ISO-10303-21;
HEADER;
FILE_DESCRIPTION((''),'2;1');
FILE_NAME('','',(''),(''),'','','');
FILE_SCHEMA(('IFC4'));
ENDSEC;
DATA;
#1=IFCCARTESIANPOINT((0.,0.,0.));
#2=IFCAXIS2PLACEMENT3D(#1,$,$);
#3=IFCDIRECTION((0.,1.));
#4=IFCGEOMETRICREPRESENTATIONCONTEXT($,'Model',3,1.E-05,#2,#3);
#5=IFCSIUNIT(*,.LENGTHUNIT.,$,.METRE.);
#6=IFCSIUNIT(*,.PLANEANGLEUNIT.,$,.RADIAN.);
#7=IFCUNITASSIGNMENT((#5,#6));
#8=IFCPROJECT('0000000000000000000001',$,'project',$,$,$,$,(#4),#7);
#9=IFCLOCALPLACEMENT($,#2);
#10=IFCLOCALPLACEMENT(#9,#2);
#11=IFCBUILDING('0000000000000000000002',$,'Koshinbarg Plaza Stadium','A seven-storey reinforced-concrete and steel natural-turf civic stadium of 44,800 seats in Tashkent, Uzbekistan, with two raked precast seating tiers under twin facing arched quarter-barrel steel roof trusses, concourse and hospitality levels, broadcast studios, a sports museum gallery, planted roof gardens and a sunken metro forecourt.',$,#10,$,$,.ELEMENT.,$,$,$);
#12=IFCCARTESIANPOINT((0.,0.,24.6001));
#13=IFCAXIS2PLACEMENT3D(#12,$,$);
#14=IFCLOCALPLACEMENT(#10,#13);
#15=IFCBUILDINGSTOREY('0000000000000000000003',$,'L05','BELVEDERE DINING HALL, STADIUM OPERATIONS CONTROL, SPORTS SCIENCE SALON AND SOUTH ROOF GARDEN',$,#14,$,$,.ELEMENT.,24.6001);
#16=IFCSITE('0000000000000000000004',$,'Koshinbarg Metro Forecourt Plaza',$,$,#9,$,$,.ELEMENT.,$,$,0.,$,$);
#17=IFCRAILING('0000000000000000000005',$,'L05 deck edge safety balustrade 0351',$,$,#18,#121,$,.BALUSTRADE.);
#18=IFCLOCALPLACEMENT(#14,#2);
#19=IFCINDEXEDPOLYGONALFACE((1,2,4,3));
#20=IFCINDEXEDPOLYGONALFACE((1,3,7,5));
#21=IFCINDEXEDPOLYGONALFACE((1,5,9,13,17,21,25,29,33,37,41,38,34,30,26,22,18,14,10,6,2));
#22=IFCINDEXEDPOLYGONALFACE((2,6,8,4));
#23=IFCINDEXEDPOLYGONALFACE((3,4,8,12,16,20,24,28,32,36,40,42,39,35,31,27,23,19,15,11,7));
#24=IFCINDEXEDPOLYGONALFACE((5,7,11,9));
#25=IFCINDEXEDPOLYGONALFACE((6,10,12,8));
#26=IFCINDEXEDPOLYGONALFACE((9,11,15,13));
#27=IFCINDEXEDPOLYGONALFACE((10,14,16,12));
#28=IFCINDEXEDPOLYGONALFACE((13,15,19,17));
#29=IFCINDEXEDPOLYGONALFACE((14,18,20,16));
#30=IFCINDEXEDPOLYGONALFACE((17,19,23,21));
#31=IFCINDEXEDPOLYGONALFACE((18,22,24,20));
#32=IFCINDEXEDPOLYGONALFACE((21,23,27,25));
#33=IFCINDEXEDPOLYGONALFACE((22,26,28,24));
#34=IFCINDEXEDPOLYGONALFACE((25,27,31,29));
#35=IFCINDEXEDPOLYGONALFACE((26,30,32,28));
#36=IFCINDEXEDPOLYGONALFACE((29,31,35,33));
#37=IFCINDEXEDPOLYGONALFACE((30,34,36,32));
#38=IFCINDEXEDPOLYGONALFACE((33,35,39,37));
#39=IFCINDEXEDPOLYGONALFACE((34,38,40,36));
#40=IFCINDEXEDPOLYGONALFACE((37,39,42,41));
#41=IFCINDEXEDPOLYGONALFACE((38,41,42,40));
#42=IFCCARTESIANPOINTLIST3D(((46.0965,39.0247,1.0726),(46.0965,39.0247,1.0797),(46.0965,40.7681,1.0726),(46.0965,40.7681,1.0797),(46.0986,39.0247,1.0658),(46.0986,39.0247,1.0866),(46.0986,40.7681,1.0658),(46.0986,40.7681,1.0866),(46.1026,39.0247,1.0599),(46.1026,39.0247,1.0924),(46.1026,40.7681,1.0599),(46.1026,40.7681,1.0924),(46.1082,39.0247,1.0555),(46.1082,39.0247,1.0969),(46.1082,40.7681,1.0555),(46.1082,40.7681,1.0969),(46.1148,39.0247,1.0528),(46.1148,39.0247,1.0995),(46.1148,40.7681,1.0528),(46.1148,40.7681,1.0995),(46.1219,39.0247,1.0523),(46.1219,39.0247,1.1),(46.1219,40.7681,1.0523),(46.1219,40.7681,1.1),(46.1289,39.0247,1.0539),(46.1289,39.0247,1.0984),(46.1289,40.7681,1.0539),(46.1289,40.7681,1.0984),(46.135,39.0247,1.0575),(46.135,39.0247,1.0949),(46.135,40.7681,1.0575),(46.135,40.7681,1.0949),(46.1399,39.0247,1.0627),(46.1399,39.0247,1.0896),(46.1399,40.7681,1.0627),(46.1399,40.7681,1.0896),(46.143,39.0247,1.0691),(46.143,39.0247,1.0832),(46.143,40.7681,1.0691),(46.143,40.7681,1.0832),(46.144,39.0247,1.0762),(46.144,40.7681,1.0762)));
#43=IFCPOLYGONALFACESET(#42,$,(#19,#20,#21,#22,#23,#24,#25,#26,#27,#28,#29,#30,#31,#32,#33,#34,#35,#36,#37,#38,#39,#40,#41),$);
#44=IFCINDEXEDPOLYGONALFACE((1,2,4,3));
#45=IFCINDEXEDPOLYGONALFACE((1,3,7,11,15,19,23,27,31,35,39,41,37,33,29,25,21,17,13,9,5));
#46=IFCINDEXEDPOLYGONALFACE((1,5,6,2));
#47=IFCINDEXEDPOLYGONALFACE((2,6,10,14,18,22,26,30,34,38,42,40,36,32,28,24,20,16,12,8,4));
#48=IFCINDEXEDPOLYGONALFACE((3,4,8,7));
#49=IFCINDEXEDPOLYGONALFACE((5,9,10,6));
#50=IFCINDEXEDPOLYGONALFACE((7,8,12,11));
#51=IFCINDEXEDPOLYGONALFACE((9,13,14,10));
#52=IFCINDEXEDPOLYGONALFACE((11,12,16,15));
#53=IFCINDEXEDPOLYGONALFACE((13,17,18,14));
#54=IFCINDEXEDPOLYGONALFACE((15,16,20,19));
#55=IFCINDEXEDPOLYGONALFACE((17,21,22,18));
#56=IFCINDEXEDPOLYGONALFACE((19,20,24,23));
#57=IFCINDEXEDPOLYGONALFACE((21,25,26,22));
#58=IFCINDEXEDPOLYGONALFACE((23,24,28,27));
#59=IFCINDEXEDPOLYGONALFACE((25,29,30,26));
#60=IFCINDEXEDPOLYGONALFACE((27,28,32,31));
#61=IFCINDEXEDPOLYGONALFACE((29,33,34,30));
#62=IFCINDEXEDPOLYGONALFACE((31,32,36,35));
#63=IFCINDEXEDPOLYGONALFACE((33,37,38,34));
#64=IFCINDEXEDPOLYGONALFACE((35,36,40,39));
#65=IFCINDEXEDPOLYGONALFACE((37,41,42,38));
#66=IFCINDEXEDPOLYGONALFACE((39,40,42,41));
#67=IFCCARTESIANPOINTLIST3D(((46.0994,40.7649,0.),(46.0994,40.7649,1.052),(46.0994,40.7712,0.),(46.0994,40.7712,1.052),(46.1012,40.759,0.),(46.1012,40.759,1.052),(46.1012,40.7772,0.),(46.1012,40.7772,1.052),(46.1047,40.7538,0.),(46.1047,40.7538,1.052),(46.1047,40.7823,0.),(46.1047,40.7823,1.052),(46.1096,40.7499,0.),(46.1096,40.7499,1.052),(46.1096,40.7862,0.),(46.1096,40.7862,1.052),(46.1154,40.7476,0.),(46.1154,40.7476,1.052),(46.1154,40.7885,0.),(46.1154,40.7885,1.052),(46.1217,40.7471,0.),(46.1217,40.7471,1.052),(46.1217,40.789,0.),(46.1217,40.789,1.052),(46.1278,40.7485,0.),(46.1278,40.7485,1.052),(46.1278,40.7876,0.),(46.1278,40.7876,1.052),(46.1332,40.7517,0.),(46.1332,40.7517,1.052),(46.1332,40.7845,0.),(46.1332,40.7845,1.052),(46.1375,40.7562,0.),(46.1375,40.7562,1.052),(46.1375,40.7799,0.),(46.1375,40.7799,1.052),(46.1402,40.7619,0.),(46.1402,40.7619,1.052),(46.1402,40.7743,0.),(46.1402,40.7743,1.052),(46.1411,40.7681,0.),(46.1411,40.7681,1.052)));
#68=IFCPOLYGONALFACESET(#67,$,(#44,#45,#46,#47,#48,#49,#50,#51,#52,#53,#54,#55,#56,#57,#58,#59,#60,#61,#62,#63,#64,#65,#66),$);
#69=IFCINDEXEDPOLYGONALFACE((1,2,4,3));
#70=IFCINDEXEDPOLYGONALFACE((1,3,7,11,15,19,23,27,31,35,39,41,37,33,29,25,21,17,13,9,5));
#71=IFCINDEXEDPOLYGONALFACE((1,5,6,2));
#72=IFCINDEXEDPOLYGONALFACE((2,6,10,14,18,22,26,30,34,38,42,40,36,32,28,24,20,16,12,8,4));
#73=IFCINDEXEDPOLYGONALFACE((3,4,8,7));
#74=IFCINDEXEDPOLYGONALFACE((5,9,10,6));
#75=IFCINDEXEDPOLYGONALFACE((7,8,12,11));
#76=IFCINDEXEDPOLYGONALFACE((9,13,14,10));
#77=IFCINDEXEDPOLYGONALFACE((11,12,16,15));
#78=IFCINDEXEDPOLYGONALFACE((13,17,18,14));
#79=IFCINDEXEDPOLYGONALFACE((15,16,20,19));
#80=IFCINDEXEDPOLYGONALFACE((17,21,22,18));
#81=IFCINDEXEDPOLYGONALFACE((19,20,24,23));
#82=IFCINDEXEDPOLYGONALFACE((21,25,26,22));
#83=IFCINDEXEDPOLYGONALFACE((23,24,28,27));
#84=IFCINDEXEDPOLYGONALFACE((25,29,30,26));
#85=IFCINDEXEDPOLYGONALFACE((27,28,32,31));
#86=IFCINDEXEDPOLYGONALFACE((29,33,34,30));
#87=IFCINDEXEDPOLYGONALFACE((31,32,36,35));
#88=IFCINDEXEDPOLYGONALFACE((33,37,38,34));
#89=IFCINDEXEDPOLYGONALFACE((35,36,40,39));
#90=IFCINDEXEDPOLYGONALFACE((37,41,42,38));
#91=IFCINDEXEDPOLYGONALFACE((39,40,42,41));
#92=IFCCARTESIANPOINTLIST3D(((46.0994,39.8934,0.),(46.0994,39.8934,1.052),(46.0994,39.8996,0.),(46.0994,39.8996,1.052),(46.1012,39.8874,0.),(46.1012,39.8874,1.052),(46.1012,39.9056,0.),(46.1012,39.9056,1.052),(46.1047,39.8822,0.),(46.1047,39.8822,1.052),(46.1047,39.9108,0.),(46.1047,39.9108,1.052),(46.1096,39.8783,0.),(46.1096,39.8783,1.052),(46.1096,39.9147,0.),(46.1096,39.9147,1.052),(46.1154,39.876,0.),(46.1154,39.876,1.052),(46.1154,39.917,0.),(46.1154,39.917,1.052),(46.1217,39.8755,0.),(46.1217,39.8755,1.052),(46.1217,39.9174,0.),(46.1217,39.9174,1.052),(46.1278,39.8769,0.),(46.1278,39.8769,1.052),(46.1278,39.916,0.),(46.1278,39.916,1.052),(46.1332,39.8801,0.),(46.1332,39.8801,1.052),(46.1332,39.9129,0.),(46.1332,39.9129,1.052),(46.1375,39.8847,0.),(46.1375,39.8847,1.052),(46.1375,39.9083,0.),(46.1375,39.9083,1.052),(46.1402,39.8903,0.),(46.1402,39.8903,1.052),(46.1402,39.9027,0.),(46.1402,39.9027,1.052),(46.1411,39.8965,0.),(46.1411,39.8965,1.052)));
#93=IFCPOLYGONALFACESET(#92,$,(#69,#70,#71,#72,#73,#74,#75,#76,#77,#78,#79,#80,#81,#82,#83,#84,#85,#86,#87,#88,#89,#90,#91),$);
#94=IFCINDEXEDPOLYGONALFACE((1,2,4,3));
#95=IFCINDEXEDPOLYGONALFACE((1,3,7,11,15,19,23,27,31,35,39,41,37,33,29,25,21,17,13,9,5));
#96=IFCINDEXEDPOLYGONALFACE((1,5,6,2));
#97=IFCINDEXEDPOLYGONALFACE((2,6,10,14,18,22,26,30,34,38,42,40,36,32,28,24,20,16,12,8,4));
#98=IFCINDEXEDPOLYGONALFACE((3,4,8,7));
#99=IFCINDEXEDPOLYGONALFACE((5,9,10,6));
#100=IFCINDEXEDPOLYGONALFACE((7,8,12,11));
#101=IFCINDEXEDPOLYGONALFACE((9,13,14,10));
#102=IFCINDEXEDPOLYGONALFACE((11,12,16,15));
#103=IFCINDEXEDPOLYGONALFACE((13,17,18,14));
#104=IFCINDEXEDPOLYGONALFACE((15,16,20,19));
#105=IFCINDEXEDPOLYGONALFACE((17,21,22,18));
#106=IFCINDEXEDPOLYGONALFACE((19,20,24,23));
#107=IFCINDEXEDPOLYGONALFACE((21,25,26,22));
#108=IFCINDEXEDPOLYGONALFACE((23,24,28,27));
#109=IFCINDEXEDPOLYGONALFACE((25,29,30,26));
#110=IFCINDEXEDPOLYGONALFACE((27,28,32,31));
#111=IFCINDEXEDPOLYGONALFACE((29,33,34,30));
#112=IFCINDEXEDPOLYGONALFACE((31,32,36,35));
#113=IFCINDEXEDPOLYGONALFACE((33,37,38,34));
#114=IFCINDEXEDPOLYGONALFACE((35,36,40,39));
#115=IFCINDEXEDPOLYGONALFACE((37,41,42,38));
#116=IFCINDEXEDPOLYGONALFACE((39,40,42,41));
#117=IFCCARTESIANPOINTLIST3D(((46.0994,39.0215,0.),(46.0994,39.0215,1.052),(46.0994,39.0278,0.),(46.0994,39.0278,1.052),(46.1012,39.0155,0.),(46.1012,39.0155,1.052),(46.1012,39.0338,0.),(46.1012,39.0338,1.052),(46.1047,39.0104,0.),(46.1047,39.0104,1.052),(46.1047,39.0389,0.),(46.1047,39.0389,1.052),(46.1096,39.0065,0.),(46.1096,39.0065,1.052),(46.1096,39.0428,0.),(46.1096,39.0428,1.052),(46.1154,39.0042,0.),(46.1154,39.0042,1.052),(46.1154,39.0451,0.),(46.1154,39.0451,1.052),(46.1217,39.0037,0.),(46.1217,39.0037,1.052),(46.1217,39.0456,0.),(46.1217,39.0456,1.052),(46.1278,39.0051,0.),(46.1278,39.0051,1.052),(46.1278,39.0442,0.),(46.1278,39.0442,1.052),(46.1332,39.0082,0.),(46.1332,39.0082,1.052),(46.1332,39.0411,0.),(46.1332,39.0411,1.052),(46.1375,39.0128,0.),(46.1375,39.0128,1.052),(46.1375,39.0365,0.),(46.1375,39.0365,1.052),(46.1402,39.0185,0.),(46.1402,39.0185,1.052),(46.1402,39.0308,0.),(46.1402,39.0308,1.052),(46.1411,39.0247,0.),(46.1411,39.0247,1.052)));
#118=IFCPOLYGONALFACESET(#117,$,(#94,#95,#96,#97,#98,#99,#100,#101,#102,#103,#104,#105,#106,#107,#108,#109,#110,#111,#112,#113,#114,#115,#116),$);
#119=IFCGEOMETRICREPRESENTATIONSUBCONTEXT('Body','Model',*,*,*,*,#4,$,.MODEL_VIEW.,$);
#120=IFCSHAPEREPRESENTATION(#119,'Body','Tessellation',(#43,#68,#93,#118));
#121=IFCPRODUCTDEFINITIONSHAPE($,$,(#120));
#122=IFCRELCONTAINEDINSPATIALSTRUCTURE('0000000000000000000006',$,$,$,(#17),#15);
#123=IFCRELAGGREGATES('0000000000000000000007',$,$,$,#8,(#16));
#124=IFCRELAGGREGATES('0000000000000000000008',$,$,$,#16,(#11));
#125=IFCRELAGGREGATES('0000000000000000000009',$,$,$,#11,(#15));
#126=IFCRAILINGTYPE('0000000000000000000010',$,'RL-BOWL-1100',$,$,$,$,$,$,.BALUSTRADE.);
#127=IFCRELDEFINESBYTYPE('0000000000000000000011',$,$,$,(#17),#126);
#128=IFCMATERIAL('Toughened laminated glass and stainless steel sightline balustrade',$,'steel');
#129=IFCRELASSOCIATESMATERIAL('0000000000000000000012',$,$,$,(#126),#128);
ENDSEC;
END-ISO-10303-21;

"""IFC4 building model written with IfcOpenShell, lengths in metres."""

from ifc_helpers import new_model, si_unit, direction, frame, origin, origin_2d, place, context, subcontext, project, spatial, circle, extrude, material, type_object, element, save


model = new_model("IFC4")

# Units and contexts
model_context = context("Model", 3, precision=1e-05, world=origin(), true_north=direction((0.0, 1.0)))
body_context = subcontext(model_context, "Body", "Model", "MODEL_VIEW")
ifc_project = project(units=[si_unit("LENGTHUNIT", "METRE"), si_unit("PLANEANGLEUNIT", "RADIAN")], contexts=[model_context])

# Site, building, storey
site_placement = place(None, origin())
site = spatial("IfcSite", under=ifc_project, at=site_placement, Name="Koshinbarg Metro Forecourt Plaza", CompositionType="ELEMENT", RefElevation=0.0)
building_placement = place(site_placement, origin())
building = spatial("IfcBuilding", under=site, at=building_placement, Name="Koshinbarg Plaza Stadium", Description="A seven-storey reinforced-concrete and steel natural-turf civic stadium of 44,800 seats in Tashkent, Uzbekistan, with two raked precast seating tiers under twin facing arched quarter-barrel steel roof trusses, concourse and hospitality levels, broadcast studios, a sports museum gallery, planted roof gardens and a sunken metro forecourt.", CompositionType="ELEMENT")
storey_placement = place(building_placement, frame((0.0, 0.0, 24.6001)))
storey = spatial("IfcBuildingStorey", under=building, at=storey_placement, Name="L05", Description="BELVEDERE DINING HALL, STADIUM OPERATIONS CONTROL, SPORTS SCIENCE SALON AND SOUTH ROOF GARDEN", CompositionType="ELEMENT", Elevation=24.6001)

# Railing
ifc_material_1 = material(Name="Toughened laminated glass and stainless steel sightline balustrade", Category="steel")
railing_type = type_object("IfcRailingType", Name="RL-BOWL-1100", PredefinedType="BALUSTRADE", material=ifc_material_1)
railing_placement = place(storey_placement, frame((46.1201, 40.7681, 0.0)))
element("IfcRailing", 1, at=railing_placement, inside=storey, type_object=railing_type, Name="L05 deck edge safety balustrade 0351", PredefinedType="BALUSTRADE", context=body_context, shape_type="SweptSolid", body=[
    extrude(circle(Radius=0.0239, at=origin_2d()), frame((0.0, 0.0, 1.0762), z_axis=(0.0, -1.0, 0.0), x_axis=(1.0, 0.0, 0.0)), (0.0, 0.0, 1.0), 1.7434),
    extrude(circle(Radius=0.021, at=origin_2d()), origin(), (0.0, 0.0, 1.0), 1.052),
    extrude(circle(Radius=0.021, at=origin_2d()), frame((0.0, -0.8716, 0.0)), (0.0, 0.0, 1.0), 1.052),
    extrude(circle(Radius=0.021, at=origin_2d()), frame((0.0, -1.7434, 0.0)), (0.0, 0.0, 1.0), 1.052),
])

save(model, "model.ifc")
